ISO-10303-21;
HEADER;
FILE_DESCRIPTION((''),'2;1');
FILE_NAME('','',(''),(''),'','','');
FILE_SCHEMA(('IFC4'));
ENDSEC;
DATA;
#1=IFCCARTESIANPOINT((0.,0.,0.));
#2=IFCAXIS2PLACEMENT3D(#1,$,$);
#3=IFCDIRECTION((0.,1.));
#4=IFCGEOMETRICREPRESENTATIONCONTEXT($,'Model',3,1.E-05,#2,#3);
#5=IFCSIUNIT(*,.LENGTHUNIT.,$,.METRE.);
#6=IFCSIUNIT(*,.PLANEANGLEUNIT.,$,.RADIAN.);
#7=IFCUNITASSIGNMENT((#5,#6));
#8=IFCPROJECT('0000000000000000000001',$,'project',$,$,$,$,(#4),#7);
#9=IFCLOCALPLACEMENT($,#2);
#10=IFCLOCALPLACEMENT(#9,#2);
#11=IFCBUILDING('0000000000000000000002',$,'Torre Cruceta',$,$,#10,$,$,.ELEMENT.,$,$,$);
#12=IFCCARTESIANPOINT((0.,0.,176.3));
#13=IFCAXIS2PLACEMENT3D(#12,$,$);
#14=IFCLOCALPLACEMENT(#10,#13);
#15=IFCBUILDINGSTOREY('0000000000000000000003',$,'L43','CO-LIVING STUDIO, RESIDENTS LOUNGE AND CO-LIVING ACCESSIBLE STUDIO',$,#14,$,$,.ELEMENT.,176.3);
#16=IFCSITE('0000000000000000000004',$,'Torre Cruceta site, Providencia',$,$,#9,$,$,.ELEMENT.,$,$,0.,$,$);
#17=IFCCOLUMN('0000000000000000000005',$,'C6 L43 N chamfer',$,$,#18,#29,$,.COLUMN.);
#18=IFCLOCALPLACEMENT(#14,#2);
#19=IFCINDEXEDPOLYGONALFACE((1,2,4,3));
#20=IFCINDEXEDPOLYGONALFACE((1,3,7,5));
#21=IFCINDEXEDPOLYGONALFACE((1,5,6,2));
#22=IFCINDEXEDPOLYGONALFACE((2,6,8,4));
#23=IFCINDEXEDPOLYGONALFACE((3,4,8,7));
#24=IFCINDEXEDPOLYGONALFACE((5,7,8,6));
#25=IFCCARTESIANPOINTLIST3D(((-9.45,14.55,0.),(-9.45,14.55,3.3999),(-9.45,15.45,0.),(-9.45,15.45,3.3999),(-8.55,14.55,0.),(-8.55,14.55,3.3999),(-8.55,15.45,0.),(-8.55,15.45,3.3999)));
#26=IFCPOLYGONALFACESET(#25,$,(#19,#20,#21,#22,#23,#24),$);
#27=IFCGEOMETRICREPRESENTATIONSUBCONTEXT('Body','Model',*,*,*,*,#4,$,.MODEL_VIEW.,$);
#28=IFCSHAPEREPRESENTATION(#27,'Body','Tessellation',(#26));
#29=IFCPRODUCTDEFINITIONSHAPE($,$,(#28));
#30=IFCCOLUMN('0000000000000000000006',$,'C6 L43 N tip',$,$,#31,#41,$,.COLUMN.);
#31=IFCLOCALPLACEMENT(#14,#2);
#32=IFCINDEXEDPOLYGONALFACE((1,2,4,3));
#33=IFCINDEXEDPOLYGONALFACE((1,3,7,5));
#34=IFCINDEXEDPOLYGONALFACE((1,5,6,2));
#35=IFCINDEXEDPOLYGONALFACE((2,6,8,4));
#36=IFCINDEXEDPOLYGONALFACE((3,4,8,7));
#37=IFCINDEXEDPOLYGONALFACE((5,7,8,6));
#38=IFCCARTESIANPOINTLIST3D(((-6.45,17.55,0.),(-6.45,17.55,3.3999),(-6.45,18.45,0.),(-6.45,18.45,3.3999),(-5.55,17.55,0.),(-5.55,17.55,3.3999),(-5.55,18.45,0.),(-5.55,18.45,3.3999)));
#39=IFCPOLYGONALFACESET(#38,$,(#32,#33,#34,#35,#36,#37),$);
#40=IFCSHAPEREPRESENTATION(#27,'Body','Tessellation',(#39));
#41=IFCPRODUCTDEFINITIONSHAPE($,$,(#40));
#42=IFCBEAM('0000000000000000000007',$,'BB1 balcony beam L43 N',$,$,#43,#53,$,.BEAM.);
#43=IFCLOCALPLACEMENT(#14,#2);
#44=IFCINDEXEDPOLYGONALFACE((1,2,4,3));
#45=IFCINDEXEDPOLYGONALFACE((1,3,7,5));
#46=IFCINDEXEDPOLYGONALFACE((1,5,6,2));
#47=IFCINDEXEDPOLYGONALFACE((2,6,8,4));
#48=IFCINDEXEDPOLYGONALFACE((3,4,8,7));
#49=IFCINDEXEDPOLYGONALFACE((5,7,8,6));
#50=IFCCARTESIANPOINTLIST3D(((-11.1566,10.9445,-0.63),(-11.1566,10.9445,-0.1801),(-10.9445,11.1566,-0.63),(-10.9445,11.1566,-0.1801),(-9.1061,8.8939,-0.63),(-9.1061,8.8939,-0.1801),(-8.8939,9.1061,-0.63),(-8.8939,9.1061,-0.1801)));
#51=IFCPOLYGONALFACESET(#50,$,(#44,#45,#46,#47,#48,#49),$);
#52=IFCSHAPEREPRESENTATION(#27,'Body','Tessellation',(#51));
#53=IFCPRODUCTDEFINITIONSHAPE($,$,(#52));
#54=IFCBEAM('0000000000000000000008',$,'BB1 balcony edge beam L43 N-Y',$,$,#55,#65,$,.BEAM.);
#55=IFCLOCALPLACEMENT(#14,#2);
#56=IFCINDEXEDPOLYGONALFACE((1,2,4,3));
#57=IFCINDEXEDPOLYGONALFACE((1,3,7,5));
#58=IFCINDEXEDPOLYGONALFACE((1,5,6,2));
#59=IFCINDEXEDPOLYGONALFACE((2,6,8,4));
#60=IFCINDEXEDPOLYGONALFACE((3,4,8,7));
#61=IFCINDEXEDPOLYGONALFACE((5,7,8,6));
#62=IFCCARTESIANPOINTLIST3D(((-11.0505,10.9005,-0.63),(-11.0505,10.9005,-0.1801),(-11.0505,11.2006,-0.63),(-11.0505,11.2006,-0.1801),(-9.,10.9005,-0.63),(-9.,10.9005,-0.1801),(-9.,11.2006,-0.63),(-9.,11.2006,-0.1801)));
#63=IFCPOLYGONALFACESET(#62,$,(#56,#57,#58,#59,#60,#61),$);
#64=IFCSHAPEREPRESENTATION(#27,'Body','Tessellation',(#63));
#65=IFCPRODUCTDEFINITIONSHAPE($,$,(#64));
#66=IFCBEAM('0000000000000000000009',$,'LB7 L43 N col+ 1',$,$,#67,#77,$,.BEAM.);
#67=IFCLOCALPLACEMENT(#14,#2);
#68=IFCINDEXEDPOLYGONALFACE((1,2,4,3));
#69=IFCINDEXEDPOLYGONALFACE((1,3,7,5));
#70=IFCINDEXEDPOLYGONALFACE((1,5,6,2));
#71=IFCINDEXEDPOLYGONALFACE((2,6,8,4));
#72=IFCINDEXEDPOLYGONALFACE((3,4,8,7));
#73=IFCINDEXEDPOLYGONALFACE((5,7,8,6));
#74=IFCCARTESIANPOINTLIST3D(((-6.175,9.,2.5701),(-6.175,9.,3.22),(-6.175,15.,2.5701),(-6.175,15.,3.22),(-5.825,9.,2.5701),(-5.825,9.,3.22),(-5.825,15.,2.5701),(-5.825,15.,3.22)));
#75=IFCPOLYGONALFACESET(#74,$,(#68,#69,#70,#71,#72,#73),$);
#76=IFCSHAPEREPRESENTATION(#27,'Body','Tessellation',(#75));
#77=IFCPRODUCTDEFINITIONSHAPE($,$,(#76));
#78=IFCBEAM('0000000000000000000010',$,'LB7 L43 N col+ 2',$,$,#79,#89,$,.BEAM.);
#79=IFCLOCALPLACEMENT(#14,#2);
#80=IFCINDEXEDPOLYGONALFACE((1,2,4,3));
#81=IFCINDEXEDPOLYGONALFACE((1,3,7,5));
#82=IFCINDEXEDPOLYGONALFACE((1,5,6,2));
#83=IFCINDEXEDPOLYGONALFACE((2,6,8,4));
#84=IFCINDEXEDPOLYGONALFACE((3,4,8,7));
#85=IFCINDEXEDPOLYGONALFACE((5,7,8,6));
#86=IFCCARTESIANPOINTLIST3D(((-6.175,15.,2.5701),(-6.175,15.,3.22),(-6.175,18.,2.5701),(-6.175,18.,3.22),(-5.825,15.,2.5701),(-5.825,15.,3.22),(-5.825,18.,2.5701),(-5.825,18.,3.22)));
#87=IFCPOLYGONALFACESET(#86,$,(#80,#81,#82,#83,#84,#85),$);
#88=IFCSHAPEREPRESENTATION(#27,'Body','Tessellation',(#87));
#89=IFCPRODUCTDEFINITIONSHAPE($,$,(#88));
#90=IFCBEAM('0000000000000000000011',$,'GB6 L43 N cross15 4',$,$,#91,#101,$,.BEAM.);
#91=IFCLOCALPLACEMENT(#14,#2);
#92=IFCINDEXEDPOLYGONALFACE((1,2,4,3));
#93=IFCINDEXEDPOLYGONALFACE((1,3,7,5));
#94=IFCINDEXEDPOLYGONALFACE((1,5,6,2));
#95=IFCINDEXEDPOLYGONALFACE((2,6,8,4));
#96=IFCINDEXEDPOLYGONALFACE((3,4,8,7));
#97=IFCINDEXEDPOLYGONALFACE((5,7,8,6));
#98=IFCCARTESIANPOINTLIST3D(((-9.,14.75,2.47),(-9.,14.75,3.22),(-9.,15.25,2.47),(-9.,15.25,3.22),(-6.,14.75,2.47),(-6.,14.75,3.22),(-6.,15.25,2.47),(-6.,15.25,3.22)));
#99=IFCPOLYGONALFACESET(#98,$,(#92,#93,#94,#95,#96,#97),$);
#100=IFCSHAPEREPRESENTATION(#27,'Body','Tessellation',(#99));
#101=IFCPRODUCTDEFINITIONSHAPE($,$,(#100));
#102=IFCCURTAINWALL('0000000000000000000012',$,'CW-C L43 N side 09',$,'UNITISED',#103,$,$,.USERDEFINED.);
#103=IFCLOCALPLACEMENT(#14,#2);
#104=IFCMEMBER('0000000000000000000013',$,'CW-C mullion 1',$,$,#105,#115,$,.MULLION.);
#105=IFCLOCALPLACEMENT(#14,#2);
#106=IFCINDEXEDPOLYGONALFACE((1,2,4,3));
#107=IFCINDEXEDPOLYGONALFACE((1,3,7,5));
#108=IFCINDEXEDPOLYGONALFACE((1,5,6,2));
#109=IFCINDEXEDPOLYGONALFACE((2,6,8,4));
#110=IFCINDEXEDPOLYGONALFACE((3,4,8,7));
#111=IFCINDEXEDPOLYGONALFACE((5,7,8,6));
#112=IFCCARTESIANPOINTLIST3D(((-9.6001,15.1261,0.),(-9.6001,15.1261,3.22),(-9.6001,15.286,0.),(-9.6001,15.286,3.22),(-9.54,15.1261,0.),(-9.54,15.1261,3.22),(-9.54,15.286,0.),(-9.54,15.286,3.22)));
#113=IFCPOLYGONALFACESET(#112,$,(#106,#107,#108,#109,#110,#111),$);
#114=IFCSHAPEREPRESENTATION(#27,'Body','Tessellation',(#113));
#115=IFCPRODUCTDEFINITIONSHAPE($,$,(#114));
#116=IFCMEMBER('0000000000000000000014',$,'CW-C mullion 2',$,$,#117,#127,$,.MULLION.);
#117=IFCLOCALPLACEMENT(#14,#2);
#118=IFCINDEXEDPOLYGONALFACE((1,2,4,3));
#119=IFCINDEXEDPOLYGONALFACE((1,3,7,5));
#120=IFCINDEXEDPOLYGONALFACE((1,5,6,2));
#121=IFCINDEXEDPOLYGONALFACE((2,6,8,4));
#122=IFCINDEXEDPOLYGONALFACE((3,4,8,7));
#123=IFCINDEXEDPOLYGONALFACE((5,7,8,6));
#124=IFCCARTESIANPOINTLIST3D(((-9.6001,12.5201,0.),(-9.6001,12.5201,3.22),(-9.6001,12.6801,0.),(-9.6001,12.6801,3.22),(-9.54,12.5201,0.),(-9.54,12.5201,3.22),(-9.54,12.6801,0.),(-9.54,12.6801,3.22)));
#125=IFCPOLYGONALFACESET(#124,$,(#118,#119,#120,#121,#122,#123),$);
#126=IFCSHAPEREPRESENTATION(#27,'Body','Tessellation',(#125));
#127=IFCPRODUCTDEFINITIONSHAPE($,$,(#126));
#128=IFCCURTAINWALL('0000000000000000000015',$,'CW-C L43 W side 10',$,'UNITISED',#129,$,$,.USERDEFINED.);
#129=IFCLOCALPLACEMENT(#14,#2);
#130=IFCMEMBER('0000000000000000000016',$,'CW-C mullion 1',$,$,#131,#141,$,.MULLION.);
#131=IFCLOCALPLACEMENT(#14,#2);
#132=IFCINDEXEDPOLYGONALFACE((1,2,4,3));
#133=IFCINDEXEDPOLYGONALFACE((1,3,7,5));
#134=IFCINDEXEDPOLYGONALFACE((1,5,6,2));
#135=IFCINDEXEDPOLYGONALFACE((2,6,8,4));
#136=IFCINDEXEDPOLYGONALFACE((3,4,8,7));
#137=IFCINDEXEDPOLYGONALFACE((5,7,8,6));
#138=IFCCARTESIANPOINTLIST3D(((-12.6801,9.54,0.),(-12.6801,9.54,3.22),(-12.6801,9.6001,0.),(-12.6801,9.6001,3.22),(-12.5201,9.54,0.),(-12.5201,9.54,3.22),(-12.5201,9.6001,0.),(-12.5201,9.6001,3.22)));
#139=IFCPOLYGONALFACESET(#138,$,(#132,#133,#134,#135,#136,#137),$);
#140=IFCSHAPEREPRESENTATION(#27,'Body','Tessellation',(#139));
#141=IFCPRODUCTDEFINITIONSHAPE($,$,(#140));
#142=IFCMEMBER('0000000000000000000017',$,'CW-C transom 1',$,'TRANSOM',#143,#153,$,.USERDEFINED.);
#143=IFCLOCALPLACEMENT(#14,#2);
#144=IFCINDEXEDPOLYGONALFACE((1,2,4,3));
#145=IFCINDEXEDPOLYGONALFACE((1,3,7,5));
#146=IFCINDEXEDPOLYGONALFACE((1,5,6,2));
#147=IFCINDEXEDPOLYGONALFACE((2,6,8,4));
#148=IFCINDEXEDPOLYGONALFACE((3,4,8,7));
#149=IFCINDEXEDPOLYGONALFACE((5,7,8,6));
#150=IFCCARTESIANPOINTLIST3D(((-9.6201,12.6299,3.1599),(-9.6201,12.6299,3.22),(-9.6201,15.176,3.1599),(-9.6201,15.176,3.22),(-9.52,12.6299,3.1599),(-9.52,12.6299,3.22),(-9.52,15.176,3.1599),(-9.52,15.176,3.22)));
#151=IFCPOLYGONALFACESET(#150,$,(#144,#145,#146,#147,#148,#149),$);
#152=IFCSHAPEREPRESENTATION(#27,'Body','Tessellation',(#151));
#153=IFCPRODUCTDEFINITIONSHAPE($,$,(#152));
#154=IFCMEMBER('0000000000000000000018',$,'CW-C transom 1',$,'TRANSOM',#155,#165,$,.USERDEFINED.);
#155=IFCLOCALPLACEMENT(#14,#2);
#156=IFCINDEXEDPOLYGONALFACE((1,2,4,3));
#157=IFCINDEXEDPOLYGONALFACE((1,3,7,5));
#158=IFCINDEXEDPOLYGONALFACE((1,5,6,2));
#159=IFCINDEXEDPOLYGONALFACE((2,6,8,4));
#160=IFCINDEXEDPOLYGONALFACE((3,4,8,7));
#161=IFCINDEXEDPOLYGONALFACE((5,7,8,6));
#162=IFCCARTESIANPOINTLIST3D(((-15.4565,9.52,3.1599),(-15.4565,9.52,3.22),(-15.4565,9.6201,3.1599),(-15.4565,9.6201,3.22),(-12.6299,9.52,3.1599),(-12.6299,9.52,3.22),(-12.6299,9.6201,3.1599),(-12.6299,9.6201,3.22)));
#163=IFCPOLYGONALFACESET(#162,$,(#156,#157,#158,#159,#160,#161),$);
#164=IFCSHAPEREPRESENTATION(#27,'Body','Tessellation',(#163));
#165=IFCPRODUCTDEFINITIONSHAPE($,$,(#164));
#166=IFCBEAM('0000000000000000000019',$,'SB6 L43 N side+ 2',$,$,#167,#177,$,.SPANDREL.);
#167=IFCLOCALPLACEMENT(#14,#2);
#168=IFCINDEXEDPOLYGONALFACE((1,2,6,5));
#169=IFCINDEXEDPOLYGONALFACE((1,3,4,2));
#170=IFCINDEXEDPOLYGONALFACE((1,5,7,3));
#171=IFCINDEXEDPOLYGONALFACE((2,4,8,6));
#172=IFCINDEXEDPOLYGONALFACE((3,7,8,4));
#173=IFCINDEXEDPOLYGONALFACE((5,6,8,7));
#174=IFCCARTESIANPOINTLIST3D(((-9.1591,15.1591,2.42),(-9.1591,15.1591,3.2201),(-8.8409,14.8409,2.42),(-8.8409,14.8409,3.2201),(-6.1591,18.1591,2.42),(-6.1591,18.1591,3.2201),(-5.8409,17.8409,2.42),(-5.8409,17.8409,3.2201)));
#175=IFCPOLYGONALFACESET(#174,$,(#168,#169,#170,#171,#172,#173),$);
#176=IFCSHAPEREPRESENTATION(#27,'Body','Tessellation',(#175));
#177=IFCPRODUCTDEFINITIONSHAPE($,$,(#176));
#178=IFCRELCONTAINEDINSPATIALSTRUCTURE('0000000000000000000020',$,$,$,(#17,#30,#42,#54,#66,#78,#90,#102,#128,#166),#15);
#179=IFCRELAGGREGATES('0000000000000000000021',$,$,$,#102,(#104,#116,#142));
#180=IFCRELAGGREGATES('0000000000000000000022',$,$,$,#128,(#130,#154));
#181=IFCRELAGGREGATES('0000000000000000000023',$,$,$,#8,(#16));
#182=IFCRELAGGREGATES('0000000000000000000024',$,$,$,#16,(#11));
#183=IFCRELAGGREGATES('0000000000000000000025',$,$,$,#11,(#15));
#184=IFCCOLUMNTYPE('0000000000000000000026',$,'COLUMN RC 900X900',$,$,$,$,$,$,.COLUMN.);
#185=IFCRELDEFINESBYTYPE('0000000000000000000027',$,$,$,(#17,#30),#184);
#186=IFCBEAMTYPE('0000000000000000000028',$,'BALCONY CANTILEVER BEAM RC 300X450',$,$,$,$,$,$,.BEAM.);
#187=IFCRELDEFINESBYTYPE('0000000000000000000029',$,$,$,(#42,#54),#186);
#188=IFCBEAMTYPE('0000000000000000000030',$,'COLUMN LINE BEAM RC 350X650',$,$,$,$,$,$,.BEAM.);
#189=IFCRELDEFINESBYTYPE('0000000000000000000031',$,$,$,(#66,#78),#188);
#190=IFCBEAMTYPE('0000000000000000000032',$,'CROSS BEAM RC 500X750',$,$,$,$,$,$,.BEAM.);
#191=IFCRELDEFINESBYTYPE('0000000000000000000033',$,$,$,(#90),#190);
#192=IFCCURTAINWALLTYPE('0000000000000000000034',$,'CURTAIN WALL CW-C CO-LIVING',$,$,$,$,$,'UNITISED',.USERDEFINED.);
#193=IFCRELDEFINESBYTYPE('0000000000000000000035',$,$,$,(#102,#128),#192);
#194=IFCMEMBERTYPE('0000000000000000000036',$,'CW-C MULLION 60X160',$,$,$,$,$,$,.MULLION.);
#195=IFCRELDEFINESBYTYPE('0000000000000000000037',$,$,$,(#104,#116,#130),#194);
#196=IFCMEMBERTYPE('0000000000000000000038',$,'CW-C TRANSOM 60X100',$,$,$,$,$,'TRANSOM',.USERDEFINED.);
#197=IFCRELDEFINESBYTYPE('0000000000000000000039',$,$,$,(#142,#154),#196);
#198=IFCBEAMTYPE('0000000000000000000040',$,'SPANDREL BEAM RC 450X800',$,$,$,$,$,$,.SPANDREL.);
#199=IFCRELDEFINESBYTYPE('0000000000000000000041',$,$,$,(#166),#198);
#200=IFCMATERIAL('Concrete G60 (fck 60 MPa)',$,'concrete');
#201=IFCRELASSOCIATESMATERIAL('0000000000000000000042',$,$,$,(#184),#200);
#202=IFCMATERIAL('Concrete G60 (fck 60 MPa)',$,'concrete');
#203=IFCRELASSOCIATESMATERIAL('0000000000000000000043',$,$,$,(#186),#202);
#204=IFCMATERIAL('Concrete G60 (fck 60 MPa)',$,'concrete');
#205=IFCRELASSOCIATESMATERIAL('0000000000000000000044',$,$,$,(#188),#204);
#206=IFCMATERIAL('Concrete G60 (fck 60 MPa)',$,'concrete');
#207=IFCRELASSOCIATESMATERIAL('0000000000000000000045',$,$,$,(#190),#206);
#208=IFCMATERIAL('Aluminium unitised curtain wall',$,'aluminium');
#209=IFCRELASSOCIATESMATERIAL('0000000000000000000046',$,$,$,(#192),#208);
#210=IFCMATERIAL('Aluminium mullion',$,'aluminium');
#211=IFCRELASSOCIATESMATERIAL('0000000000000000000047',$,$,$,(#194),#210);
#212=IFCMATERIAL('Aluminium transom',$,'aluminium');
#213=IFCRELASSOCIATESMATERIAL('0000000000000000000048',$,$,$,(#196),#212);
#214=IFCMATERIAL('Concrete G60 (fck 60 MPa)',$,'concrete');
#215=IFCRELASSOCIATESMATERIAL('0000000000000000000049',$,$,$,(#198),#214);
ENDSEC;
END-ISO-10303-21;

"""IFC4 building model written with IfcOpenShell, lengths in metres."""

from ifc_helpers import new_model, si_unit, direction, frame, origin, origin_2d, place, context, subcontext, project, spatial, rectangle, extrude, material, material_profile, profile_set, type_object, element, aggregate, save


model = new_model("IFC4")

# Units and contexts
model_context = context("Model", 3, precision=1e-05, world=origin(), true_north=direction((0.0, 1.0)))
body_context = subcontext(model_context, "Body", "Model", "MODEL_VIEW")
ifc_project = project(units=[si_unit("LENGTHUNIT", "METRE"), si_unit("PLANEANGLEUNIT", "RADIAN")], contexts=[model_context])

# Site, building, storey
site_placement = place(None, origin())
site = spatial("IfcSite", under=ifc_project, at=site_placement, Name="Torre Cruceta site, Providencia", CompositionType="ELEMENT", RefElevation=0.0)
building_placement = place(site_placement, origin())
building = spatial("IfcBuilding", under=site, at=building_placement, Name="Torre Cruceta", CompositionType="ELEMENT")
storey_placement = place(building_placement, frame((0.0, 0.0, 176.3)))
storey = spatial("IfcBuildingStorey", under=building, at=storey_placement, Name="L43", Description="CO-LIVING STUDIO, RESIDENTS LOUNGE AND CO-LIVING ACCESSIBLE STUDIO", CompositionType="ELEMENT", Elevation=176.3)

# Columns
ifc_material_1 = material(Name="Concrete G60 (fck 60 MPa)", Category="concrete")
ifc_material_profile_1 = material_profile(ifc_material_1, rectangle(XDim=0.8999, YDim=0.8999, at=origin_2d()), Name="RC 900X900")
ifc_profile_set_1 = profile_set([ifc_material_profile_1], Name="Concrete G60 (fck 60 MPa)")
column_type = type_object("IfcColumnType", Name="COLUMN RC 900X900", PredefinedType="COLUMN", material=ifc_profile_set_1)
for number, where, z_axis, x_axis, name in (
    (1, (-9.0, 15.0, 0.0), (0.0, 0.0, 1.0), (1.0, 0.0, 0.0), "C6 L43 N chamfer"),
    (2, (-6.0, 18.0, 0.0), (0.0, 0.0, 1.0), (1.0, 0.0, 0.0), "C6 L43 N tip"),
):
    element("IfcColumn", number, at=place(storey_placement, frame(where, z_axis=z_axis, x_axis=x_axis)), inside=storey, type_object=column_type, Name=name, PredefinedType="COLUMN", context=body_context, shape_type="SweptSolid", body=[
        extrude(rectangle(XDim=0.8999, YDim=0.8999, at=origin_2d()), origin(), (0.0, 0.0, 1.0), 3.3999),
    ])

# Beams
ifc_material_2 = material(Name="Concrete G60 (fck 60 MPa)", Category="concrete")
ifc_material_profile_2 = material_profile(ifc_material_2, rectangle(XDim=0.3, YDim=0.45, at=origin_2d()), Name="RC 300X450")
ifc_profile_set_2 = profile_set([ifc_material_profile_2], Name="Concrete G60 (fck 60 MPa)")
beam_type_1 = type_object("IfcBeamType", Name="BALCONY CANTILEVER BEAM RC 300X450", PredefinedType="BEAM", material=ifc_profile_set_2)
beam_1_placement = place(storey_placement, frame((-9.0, 9.0, -0.405), z_axis=(-0.707107, 0.707107, 0.0), x_axis=(-0.707107, -0.707107, 0.0)))
element("IfcBeam", 3, at=beam_1_placement, inside=storey, type_object=beam_type_1, Name="BB1 balcony beam L43 N", PredefinedType="BEAM", context=body_context, shape_type="SweptSolid", body=[
    extrude(rectangle(XDim=0.3, YDim=0.45, at=origin_2d()), origin(), (0.0, 0.0, 1.0), 2.8999),
])
beam_2_placement = place(storey_placement, frame((-9.0, 11.0505, -0.405), z_axis=(-1.0, 0.0, 0.0), x_axis=(0.0, -1.0, 0.0)))
element("IfcBeam", 4, at=beam_2_placement, inside=storey, type_object=beam_type_1, Name="BB1 balcony edge beam L43 N-Y", PredefinedType="BEAM", context=body_context, shape_type="SweptSolid", body=[
    extrude(rectangle(XDim=0.3, YDim=0.45, at=origin_2d()), origin(), (0.0, 0.0, 1.0), 2.0505),
])
ifc_material_3 = material(Name="Concrete G60 (fck 60 MPa)", Category="concrete")
ifc_material_profile_3 = material_profile(ifc_material_3, rectangle(XDim=0.3501, YDim=0.6499, at=origin_2d()), Name="RC 350X650")
ifc_profile_set_3 = profile_set([ifc_material_profile_3], Name="Concrete G60 (fck 60 MPa)")
beam_type_2 = type_object("IfcBeamType", Name="COLUMN LINE BEAM RC 350X650", PredefinedType="BEAM", material=ifc_profile_set_3)
beam_3_placement = place(storey_placement, frame((-6.0, 9.0, 2.895), z_axis=(0.0, 1.0, 0.0), x_axis=(-1.0, 0.0, 0.0)))
element("IfcBeam", 5, at=beam_3_placement, inside=storey, type_object=beam_type_2, Name="LB7 L43 N col+ 1", PredefinedType="BEAM", context=body_context, shape_type="SweptSolid", body=[
    extrude(rectangle(XDim=0.3501, YDim=0.6499, at=origin_2d()), origin(), (0.0, 0.0, 1.0), 6.0),
])
beam_4_placement = place(storey_placement, frame((-6.0, 15.0, 2.895), z_axis=(0.0, 1.0, 0.0), x_axis=(-1.0, 0.0, 0.0)))
element("IfcBeam", 6, at=beam_4_placement, inside=storey, type_object=beam_type_2, Name="LB7 L43 N col+ 2", PredefinedType="BEAM", context=body_context, shape_type="SweptSolid", body=[
    extrude(rectangle(XDim=0.3501, YDim=0.6499, at=origin_2d()), origin(), (0.0, 0.0, 1.0), 3.0),
])
ifc_material_4 = material(Name="Concrete G60 (fck 60 MPa)", Category="concrete")
ifc_material_profile_4 = material_profile(ifc_material_4, rectangle(XDim=0.5, YDim=0.75, at=origin_2d()), Name="RC 500X750")
ifc_profile_set_4 = profile_set([ifc_material_profile_4], Name="Concrete G60 (fck 60 MPa)")
beam_type_3 = type_object("IfcBeamType", Name="CROSS BEAM RC 500X750", PredefinedType="BEAM", material=ifc_profile_set_4)
beam_5_placement = place(storey_placement, frame((-6.0, 15.0, 2.845), z_axis=(-1.0, 0.0, 0.0), x_axis=(0.0, -1.0, 0.0)))
element("IfcBeam", 7, at=beam_5_placement, inside=storey, type_object=beam_type_3, Name="GB6 L43 N cross15 4", PredefinedType="BEAM", context=body_context, shape_type="SweptSolid", body=[
    extrude(rectangle(XDim=0.5, YDim=0.75, at=origin_2d()), origin(), (0.0, 0.0, 1.0), 3.0),
])

# Curtain wall, members
ifc_material_5 = material(Name="Aluminium unitised curtain wall", Category="aluminium")
curtain_wall_type = type_object("IfcCurtainWallType", Name="CURTAIN WALL CW-C CO-LIVING", ElementType="UNITISED", PredefinedType="USERDEFINED", material=ifc_material_5)
curtain_wall_1_placement = place(storey_placement, origin())
curtain_wall_1 = element("IfcCurtainWall", 8, at=curtain_wall_1_placement, inside=storey, type_object=curtain_wall_type, Name="CW-C L43 N side 09", ObjectType="UNITISED", PredefinedType="USERDEFINED")
ifc_material_6 = material(Name="Aluminium mullion", Category="aluminium")
ifc_material_profile_5 = material_profile(ifc_material_6, rectangle(XDim=0.0601, YDim=0.1599, at=origin_2d()), Name="AL 60X160")
ifc_profile_set_5 = profile_set([ifc_material_profile_5], Name="Aluminium mullion")
member_type_1 = type_object("IfcMemberType", Name="CW-C MULLION 60X160", PredefinedType="MULLION", material=ifc_profile_set_5)
member_1_placement = place(storey_placement, frame((-9.5701, 15.2061, 0.0), z_axis=(0.0, 0.0, 1.0), x_axis=(1.0, 0.0, 0.0)))
member_1 = element("IfcMember", 9, at=member_1_placement, type_object=member_type_1, Name="CW-C mullion 1", PredefinedType="MULLION", context=body_context, shape_type="SweptSolid", body=[
    extrude(rectangle(XDim=0.0601, YDim=0.1599, at=origin_2d()), origin(), (0.0, 0.0, 1.0), 3.22),
])
member_2_placement = place(storey_placement, frame((-9.5701, 12.6001, 0.0), z_axis=(0.0, 0.0, 1.0), x_axis=(1.0, 0.0, 0.0)))
member_2 = element("IfcMember", 10, at=member_2_placement, type_object=member_type_1, Name="CW-C mullion 2", PredefinedType="MULLION", context=body_context, shape_type="SweptSolid", body=[
    extrude(rectangle(XDim=0.0601, YDim=0.1599, at=origin_2d()), origin(), (0.0, 0.0, 1.0), 3.22),
])

# Curtain wall, member
curtain_wall_2_placement = place(storey_placement, origin())
curtain_wall_2 = element("IfcCurtainWall", 11, at=curtain_wall_2_placement, inside=storey, type_object=curtain_wall_type, Name="CW-C L43 W side 10", ObjectType="UNITISED", PredefinedType="USERDEFINED")
member_3_placement = place(storey_placement, frame((-12.6001, 9.5701, 0.0), z_axis=(0.0, 0.0, 1.0), x_axis=(0.0, -1.0, 0.0)))
member_3 = element("IfcMember", 12, at=member_3_placement, type_object=member_type_1, Name="CW-C mullion 1", PredefinedType="MULLION", context=body_context, shape_type="SweptSolid", body=[
    extrude(rectangle(XDim=0.0601, YDim=0.1599, at=origin_2d()), origin(), (0.0, 0.0, 1.0), 3.22),
])

# Members
ifc_material_7 = material(Name="Aluminium transom", Category="aluminium")
ifc_material_profile_6 = material_profile(ifc_material_7, rectangle(XDim=0.1001, YDim=0.0601, at=origin_2d()), Name="AL 100X60")
ifc_profile_set_6 = profile_set([ifc_material_profile_6], Name="Aluminium transom")
member_type_2 = type_object("IfcMemberType", Name="CW-C TRANSOM 60X100", ElementType="TRANSOM", PredefinedType="USERDEFINED", material=ifc_profile_set_6)
member_4_placement = place(storey_placement, frame((-9.5701, 15.176, 3.1899), z_axis=(0.0, -1.0, 0.0), x_axis=(1.0, 0.0, 0.0)))
member_4 = element("IfcMember", 13, at=member_4_placement, type_object=member_type_2, Name="CW-C transom 1", ObjectType="TRANSOM", PredefinedType="USERDEFINED", context=body_context, shape_type="SweptSolid", body=[
    extrude(rectangle(XDim=0.1001, YDim=0.0601, at=origin_2d()), origin(), (0.0, 0.0, 1.0), 2.5461),
])
member_5_placement = place(storey_placement, frame((-12.6299, 9.5701, 3.1899), z_axis=(-1.0, 0.0, 0.0), x_axis=(0.0, -1.0, 0.0)))
member_5 = element("IfcMember", 14, at=member_5_placement, type_object=member_type_2, Name="CW-C transom 1", ObjectType="TRANSOM", PredefinedType="USERDEFINED", context=body_context, shape_type="SweptSolid", body=[
    extrude(rectangle(XDim=0.1001, YDim=0.0601, at=origin_2d()), origin(), (0.0, 0.0, 1.0), 2.8267),
])

# Beam
ifc_material_8 = material(Name="Concrete G60 (fck 60 MPa)", Category="concrete")
ifc_material_profile_7 = material_profile(ifc_material_8, rectangle(XDim=0.45, YDim=0.8, at=origin_2d()), Name="RC 450X800")
ifc_profile_set_7 = profile_set([ifc_material_profile_7], Name="Concrete G60 (fck 60 MPa)")
beam_type_4 = type_object("IfcBeamType", Name="SPANDREL BEAM RC 450X800", PredefinedType="SPANDREL", material=ifc_profile_set_7)
beam_6_placement = place(storey_placement, frame((-9.0, 15.0, 2.8201), z_axis=(0.707107, 0.707107, 0.0), x_axis=(-0.707107, 0.707107, 0.0)))
element("IfcBeam", 15, at=beam_6_placement, inside=storey, type_object=beam_type_4, Name="SB6 L43 N side+ 2", PredefinedType="SPANDREL", context=body_context, shape_type="SweptSolid", body=[
    extrude(rectangle(XDim=0.45, YDim=0.8, at=origin_2d()), origin(), (0.0, 0.0, 1.0), 4.2427),
])

aggregate(curtain_wall_1, [member_1, member_2, member_4])
aggregate(curtain_wall_2, [member_3, member_5])

save(model, "model.ifc")
